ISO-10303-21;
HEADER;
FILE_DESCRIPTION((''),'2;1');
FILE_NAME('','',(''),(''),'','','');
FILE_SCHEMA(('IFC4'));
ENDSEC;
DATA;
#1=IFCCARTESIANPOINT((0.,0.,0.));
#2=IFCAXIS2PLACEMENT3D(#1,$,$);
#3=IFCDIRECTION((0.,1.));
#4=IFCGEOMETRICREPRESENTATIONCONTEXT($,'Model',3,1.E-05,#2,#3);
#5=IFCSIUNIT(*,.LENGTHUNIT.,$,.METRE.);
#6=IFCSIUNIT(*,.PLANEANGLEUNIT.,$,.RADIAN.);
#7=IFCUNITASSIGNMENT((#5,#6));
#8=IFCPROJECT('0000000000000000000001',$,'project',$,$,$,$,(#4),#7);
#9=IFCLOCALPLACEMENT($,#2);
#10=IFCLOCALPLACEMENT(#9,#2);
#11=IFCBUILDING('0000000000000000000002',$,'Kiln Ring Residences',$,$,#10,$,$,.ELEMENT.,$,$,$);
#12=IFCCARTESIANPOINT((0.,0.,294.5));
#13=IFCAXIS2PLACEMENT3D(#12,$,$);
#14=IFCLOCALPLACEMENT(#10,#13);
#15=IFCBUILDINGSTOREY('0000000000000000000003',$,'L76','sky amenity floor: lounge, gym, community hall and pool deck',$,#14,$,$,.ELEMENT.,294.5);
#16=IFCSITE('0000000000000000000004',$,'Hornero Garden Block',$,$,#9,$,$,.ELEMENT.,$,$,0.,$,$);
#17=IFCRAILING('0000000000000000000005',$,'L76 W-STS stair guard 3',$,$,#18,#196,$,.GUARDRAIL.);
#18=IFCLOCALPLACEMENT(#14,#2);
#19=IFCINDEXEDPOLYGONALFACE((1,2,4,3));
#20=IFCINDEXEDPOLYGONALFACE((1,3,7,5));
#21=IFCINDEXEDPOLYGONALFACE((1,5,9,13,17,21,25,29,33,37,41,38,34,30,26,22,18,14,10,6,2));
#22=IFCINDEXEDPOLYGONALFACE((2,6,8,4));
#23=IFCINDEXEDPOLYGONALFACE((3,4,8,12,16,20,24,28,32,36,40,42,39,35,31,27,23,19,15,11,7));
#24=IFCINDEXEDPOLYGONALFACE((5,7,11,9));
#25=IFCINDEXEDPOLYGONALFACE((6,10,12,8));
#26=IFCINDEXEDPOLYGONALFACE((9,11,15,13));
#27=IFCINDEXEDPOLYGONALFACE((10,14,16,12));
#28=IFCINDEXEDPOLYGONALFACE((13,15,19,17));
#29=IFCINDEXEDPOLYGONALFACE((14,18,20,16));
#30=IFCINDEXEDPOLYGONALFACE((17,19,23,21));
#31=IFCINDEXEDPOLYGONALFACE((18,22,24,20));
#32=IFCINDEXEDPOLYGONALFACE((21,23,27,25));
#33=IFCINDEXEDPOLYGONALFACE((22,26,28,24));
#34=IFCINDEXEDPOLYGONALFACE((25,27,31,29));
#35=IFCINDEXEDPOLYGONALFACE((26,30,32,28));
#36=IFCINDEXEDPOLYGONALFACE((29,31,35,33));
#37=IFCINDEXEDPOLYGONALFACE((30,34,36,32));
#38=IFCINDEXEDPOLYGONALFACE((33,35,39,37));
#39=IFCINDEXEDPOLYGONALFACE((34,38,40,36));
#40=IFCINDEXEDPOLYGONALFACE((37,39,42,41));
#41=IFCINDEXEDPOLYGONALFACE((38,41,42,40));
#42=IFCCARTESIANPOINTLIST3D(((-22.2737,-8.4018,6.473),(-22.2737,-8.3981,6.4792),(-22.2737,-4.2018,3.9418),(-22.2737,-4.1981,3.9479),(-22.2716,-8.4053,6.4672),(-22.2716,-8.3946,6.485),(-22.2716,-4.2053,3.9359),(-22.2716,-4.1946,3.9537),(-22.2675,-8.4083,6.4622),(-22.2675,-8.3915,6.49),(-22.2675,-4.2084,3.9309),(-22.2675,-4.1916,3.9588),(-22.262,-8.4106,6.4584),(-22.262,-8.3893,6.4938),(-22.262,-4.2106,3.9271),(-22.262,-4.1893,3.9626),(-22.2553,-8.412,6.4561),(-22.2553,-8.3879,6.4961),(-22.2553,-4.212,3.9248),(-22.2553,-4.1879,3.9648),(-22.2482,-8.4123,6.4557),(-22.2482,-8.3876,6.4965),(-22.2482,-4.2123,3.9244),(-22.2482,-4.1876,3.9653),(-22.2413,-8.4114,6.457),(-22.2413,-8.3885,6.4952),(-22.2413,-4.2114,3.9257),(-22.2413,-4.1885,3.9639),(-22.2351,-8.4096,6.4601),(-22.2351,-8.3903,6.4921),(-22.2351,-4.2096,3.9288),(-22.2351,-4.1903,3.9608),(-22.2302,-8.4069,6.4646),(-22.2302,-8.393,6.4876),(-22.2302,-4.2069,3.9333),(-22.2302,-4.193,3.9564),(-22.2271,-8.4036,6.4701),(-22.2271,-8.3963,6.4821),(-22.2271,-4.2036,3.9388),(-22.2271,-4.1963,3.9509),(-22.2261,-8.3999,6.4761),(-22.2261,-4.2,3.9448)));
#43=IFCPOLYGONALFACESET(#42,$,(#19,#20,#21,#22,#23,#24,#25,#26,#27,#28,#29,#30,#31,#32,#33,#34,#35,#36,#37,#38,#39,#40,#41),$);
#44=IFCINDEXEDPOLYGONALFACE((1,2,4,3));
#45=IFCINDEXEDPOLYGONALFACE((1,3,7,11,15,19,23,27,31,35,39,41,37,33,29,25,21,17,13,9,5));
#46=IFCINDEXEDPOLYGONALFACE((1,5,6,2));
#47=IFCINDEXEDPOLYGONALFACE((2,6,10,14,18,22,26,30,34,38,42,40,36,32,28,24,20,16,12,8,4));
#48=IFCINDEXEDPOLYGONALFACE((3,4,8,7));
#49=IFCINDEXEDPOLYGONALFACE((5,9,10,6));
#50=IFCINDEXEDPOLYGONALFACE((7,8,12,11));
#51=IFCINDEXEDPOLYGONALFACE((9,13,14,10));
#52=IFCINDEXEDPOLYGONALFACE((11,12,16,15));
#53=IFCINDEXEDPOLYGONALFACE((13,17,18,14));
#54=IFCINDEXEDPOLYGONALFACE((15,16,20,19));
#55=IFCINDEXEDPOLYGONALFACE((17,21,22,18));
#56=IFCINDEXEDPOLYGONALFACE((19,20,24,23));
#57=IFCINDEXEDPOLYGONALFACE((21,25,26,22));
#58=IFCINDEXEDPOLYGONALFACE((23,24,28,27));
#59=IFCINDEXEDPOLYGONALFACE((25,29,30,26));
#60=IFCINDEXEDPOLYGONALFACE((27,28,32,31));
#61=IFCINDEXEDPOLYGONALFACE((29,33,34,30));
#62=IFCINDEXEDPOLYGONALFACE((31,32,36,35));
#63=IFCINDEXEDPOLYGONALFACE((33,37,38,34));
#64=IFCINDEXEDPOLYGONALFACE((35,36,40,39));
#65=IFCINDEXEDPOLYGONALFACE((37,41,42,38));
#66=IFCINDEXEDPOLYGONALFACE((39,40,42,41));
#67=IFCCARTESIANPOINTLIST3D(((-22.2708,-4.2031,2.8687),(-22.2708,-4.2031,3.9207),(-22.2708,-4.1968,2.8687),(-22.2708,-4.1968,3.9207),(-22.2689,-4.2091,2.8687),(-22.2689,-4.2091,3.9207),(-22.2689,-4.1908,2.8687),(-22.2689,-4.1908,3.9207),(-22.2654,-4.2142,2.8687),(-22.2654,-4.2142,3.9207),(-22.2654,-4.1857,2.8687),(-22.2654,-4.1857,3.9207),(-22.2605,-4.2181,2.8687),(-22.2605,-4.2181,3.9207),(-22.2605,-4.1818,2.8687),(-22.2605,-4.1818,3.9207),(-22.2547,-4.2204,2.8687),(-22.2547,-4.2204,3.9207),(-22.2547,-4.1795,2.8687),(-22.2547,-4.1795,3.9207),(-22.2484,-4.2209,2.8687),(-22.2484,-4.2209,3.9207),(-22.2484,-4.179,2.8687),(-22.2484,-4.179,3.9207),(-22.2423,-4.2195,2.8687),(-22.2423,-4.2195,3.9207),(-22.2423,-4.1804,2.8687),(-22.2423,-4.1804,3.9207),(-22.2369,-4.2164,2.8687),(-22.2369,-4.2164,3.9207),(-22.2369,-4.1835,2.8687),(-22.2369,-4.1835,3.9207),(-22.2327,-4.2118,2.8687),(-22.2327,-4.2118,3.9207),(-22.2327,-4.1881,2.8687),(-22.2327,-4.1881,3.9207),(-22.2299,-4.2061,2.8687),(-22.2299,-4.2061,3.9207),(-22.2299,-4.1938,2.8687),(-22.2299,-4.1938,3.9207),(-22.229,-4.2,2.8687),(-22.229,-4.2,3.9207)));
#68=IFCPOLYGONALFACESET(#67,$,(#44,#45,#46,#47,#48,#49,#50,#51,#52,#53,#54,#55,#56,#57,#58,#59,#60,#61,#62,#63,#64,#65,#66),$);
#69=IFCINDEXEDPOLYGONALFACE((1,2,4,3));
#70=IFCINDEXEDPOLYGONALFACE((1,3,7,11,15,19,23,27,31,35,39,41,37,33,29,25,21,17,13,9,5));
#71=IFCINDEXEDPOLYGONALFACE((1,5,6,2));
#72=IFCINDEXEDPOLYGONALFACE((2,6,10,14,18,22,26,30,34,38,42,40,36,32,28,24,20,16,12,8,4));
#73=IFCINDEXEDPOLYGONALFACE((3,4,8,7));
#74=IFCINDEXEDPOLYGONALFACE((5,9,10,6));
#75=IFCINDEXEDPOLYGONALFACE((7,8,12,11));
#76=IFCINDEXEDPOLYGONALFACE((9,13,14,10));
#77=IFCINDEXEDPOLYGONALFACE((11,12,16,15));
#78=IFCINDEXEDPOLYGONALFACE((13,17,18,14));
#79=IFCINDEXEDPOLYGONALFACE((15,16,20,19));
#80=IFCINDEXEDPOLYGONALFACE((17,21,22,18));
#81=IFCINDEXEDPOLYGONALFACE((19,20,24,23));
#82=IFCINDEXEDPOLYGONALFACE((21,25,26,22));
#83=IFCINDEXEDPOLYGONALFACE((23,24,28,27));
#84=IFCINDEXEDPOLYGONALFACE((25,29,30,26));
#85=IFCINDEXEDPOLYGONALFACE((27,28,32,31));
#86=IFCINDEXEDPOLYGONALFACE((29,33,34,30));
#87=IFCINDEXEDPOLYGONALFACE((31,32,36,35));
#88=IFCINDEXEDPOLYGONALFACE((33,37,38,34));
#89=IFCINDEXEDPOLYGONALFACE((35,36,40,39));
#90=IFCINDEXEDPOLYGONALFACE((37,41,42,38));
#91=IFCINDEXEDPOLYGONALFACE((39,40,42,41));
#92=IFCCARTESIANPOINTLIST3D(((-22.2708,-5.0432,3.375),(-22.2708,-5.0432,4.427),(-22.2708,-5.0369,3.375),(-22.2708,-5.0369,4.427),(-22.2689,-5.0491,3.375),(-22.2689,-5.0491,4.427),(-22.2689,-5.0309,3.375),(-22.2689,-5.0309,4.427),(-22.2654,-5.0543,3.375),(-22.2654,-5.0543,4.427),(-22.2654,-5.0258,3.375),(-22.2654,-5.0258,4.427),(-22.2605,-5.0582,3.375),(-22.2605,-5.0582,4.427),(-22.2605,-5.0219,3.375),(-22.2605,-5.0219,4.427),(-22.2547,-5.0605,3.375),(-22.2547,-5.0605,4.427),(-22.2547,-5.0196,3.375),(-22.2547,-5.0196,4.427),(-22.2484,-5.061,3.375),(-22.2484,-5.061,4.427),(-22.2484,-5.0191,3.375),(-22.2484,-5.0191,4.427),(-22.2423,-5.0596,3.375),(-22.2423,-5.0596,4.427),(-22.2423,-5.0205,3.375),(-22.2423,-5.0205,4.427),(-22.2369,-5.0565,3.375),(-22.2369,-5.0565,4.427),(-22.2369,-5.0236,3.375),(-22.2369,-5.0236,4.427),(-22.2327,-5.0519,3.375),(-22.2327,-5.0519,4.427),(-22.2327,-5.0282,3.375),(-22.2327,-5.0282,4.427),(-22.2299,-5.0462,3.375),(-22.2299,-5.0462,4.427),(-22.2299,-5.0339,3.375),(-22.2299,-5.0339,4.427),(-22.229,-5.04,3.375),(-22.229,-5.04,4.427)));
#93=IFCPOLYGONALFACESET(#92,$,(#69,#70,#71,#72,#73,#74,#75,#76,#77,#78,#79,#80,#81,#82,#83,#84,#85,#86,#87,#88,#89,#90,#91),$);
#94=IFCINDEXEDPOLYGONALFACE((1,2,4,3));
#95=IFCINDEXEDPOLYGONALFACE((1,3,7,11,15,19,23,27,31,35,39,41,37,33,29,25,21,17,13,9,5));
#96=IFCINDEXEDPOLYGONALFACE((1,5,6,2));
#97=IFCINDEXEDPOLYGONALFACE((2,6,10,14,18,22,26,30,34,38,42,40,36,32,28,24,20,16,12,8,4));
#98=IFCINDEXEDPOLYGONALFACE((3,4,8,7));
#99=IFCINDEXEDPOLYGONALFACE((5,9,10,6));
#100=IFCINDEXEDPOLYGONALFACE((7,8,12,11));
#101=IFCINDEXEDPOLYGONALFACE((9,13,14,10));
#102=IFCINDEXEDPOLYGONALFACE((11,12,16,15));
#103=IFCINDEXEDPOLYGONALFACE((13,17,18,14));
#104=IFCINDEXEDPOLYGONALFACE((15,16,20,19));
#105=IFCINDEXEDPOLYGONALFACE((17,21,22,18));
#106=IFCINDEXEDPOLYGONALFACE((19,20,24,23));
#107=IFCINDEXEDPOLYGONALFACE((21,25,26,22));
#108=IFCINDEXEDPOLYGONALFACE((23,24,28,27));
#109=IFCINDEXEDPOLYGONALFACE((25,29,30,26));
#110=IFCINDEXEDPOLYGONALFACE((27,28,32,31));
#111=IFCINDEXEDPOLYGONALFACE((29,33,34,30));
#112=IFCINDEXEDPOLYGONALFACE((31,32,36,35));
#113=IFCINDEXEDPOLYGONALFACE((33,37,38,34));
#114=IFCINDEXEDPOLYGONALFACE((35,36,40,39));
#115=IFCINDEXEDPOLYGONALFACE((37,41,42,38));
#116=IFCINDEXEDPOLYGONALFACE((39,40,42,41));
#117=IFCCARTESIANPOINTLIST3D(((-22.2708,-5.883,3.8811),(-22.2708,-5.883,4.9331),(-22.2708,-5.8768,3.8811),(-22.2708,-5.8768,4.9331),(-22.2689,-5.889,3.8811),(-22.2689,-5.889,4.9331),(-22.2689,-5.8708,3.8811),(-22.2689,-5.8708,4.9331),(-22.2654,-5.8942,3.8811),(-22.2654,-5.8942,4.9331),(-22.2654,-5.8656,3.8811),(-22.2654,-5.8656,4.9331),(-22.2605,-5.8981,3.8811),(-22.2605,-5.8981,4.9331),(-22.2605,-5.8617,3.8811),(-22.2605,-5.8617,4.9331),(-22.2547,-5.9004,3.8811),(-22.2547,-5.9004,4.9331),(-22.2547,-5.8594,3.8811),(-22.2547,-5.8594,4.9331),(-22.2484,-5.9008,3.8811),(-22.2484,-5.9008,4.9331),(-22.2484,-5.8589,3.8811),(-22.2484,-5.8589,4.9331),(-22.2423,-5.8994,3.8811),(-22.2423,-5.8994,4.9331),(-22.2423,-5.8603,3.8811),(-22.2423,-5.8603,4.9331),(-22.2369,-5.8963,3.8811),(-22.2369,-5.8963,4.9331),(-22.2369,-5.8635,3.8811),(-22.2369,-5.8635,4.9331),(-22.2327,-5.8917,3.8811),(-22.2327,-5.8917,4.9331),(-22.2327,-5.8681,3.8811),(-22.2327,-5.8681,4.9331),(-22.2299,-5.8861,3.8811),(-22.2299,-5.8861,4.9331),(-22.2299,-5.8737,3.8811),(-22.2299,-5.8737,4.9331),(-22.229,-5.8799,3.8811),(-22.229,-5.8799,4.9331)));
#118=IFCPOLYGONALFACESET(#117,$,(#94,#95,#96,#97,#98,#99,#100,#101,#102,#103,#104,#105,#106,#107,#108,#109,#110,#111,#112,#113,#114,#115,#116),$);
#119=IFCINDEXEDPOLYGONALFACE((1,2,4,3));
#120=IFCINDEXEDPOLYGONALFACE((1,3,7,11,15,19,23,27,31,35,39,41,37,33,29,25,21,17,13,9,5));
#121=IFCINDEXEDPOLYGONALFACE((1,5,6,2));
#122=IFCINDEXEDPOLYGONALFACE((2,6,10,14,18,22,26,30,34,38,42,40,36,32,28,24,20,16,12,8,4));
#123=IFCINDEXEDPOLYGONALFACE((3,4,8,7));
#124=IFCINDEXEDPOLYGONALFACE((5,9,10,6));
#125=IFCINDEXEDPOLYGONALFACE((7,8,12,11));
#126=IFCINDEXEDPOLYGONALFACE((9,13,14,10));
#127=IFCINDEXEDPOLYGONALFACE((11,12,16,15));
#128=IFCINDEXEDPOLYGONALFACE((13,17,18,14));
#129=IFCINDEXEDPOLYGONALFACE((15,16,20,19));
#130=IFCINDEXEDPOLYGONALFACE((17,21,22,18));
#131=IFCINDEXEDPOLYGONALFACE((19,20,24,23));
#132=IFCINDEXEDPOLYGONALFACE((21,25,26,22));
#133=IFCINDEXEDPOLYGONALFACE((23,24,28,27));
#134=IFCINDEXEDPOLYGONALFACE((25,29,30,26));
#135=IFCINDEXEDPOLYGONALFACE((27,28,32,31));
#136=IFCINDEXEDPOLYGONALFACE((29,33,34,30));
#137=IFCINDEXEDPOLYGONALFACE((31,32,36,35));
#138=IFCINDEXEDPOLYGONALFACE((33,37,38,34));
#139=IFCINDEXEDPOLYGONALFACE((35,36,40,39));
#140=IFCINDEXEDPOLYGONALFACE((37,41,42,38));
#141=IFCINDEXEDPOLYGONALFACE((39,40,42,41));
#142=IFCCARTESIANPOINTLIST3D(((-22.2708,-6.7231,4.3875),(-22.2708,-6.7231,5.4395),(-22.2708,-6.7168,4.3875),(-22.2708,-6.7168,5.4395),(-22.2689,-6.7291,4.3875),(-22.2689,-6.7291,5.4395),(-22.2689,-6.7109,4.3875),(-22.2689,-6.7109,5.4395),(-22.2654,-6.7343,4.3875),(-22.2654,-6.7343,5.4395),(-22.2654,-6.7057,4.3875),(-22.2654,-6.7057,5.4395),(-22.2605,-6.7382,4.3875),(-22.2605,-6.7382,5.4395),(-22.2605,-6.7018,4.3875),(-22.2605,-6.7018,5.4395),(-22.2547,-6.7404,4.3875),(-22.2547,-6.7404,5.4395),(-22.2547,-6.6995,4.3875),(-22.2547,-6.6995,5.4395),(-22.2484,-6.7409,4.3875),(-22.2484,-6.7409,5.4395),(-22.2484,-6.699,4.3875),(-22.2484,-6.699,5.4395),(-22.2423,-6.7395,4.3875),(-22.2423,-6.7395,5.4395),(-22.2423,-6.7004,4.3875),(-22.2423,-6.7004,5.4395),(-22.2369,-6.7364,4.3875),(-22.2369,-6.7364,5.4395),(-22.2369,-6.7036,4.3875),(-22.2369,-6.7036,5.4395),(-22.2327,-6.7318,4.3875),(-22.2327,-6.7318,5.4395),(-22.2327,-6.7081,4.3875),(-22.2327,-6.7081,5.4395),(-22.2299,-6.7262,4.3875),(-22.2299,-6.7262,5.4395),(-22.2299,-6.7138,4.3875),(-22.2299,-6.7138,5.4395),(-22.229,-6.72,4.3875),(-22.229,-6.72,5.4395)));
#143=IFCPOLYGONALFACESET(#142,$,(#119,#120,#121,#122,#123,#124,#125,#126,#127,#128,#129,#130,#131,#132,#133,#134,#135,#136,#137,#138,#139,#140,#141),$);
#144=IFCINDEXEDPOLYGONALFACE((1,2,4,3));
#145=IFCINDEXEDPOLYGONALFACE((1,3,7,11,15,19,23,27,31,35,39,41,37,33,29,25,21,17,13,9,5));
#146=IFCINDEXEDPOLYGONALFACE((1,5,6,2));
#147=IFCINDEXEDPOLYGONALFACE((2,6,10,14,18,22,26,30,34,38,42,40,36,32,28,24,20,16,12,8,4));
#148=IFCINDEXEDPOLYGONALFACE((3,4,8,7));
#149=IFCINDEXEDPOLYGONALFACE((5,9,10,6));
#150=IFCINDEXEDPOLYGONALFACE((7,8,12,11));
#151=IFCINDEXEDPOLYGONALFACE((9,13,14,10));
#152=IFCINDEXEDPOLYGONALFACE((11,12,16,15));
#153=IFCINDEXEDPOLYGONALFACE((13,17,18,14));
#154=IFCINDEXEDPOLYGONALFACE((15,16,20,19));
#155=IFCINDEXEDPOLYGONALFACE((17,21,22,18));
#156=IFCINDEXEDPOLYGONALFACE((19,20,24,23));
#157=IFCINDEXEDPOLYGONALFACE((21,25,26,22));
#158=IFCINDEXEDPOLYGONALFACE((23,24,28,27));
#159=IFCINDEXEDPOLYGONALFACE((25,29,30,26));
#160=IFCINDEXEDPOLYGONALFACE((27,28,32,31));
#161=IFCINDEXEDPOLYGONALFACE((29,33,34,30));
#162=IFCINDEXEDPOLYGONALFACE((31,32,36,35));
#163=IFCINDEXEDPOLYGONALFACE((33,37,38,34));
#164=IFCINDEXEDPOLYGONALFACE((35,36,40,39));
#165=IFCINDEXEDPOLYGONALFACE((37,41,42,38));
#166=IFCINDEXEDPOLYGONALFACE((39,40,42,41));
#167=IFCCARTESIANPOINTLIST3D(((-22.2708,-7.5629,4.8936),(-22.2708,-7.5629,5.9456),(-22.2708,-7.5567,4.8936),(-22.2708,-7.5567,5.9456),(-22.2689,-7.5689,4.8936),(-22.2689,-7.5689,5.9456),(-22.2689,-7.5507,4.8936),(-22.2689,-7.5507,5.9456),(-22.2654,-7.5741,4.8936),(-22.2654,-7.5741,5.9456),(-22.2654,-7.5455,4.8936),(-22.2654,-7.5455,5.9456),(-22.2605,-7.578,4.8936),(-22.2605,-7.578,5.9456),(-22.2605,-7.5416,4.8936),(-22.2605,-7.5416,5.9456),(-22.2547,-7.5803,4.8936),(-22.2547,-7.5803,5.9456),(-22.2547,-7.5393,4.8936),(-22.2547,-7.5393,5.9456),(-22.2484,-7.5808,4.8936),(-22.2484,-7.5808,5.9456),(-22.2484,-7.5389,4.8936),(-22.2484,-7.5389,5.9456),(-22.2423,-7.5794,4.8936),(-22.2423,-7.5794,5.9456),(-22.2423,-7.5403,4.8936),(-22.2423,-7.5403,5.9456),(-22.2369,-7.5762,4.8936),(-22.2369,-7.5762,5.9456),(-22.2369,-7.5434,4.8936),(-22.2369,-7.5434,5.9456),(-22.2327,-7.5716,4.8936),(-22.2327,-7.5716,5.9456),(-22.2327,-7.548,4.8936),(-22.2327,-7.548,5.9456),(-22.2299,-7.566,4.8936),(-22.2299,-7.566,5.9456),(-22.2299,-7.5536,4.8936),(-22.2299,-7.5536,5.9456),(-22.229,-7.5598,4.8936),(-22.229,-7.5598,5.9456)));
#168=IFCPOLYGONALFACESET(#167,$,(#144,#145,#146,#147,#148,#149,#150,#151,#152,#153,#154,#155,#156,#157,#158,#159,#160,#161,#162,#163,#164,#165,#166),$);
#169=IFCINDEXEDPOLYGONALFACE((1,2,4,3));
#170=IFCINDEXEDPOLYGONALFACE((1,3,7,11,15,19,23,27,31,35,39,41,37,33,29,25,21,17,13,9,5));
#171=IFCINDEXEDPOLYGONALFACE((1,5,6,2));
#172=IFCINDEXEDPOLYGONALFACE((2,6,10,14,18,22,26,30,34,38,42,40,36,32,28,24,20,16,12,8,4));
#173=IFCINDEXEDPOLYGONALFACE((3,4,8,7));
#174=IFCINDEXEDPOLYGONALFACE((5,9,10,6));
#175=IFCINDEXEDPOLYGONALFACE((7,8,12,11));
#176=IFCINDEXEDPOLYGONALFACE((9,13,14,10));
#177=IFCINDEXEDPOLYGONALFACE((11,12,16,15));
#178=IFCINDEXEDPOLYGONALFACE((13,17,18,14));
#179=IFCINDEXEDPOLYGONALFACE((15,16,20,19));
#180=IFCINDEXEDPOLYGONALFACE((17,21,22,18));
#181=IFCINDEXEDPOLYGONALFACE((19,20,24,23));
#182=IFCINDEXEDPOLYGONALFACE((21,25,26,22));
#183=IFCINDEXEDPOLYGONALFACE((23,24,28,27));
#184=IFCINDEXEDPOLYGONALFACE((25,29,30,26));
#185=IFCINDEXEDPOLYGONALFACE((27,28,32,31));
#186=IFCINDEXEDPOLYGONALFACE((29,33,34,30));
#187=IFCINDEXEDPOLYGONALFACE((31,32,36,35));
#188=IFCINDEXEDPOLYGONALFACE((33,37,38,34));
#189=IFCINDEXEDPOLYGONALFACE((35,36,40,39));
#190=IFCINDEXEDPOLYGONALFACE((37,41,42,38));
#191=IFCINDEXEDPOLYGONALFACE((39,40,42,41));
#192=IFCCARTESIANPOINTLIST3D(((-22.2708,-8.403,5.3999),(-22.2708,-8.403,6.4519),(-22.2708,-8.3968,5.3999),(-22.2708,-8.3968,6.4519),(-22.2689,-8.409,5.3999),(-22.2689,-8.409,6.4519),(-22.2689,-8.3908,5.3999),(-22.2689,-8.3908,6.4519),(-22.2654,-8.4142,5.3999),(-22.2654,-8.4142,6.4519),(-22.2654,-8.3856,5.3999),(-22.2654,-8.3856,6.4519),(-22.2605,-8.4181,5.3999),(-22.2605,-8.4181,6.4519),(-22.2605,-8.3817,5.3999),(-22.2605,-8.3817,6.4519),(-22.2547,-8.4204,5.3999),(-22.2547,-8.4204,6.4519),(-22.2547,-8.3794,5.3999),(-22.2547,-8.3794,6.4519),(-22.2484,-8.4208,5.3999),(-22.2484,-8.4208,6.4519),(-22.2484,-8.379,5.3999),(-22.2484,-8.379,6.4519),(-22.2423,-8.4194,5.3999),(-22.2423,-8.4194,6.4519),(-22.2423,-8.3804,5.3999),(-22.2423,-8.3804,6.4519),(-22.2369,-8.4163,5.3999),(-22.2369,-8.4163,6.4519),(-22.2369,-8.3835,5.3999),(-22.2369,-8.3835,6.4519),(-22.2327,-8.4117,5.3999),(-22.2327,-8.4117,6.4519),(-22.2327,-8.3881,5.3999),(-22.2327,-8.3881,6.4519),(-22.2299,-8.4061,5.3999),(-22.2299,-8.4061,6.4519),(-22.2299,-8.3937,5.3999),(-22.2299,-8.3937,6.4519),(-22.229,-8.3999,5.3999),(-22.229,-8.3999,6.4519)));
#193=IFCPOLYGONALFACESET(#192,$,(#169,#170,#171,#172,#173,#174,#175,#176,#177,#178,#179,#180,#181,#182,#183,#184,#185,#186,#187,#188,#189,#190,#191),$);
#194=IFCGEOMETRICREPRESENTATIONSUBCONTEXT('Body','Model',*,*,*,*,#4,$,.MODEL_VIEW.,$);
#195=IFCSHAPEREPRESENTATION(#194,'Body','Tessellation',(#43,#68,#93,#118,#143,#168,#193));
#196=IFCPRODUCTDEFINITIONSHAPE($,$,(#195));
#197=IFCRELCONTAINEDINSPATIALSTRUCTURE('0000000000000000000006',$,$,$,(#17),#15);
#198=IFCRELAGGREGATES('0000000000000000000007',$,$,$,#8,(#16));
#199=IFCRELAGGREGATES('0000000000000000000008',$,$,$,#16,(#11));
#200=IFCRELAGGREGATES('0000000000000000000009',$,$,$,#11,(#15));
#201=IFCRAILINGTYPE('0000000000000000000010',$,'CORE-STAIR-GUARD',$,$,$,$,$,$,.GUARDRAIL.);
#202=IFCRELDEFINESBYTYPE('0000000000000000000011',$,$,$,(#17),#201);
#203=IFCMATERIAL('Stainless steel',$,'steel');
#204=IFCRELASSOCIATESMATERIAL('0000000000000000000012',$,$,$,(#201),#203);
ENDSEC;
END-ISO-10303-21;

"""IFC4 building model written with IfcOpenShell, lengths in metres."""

from ifc_helpers import new_model, si_unit, direction, frame, origin, origin_2d, place, context, subcontext, project, spatial, circle, extrude, material, type_object, element, save


model = new_model("IFC4")

# Units and contexts
model_context = context("Model", 3, precision=1e-05, world=origin(), true_north=direction((0.0, 1.0)))
body_context = subcontext(model_context, "Body", "Model", "MODEL_VIEW")
ifc_project = project(units=[si_unit("LENGTHUNIT", "METRE"), si_unit("PLANEANGLEUNIT", "RADIAN")], contexts=[model_context])

# Site, building, storey
site_placement = place(None, origin())
site = spatial("IfcSite", under=ifc_project, at=site_placement, Name="Hornero Garden Block", CompositionType="ELEMENT", RefElevation=0.0)
building_placement = place(site_placement, origin())
building = spatial("IfcBuilding", under=site, at=building_placement, Name="Kiln Ring Residences", CompositionType="ELEMENT")
storey_placement = place(building_placement, frame((0.0, 0.0, 294.5)))
storey = spatial("IfcBuildingStorey", under=building, at=storey_placement, Name="L76", Description="sky amenity floor: lounge, gym, community hall and pool deck", CompositionType="ELEMENT", Elevation=294.5)

# Railing
ifc_material_1 = material(Name="Stainless steel", Category="steel")
railing_type_1 = type_object("IfcRailingType", Name="CORE-STAIR-GUARD", PredefinedType="GUARDRAIL", material=ifc_material_1)
railing_1_placement = place(storey_placement, frame((-22.25, -4.2, 2.8687)))
element("IfcRailing", 1, at=railing_1_placement, inside=storey, type_object=railing_type_1, Name="L76 W-STS stair guard 3", PredefinedType="GUARDRAIL", context=body_context, shape_type="SweptSolid", body=[
    extrude(circle(Radius=0.0239, at=origin_2d()), frame((0.0, 0.0, 1.0762), z_axis=(0.0, -0.856476, 0.516186), x_axis=(1.0, 0.0, 0.0)), (0.0, 0.0, 1.0), 4.9038),
    extrude(circle(Radius=0.021, at=origin_2d()), origin(), (0.0, 0.0, 1.0), 1.052),
    extrude(circle(Radius=0.021, at=origin_2d()), frame((0.0, -0.8401, 0.5063)), (0.0, 0.0, 1.0), 1.052),
    extrude(circle(Radius=0.021, at=origin_2d()), frame((0.0, -1.6799, 1.0125)), (0.0, 0.0, 1.0), 1.052),
    extrude(circle(Radius=0.021, at=origin_2d()), frame((0.0, -2.52, 1.5188)), (0.0, 0.0, 1.0), 1.052),
    extrude(circle(Radius=0.021, at=origin_2d()), frame((0.0, -3.3599, 2.0249)), (0.0, 0.0, 1.0), 1.052),
    extrude(circle(Radius=0.021, at=origin_2d()), frame((0.0, -4.2, 2.5312)), (0.0, 0.0, 1.0), 1.052),
])

save(model, "model.ifc")
